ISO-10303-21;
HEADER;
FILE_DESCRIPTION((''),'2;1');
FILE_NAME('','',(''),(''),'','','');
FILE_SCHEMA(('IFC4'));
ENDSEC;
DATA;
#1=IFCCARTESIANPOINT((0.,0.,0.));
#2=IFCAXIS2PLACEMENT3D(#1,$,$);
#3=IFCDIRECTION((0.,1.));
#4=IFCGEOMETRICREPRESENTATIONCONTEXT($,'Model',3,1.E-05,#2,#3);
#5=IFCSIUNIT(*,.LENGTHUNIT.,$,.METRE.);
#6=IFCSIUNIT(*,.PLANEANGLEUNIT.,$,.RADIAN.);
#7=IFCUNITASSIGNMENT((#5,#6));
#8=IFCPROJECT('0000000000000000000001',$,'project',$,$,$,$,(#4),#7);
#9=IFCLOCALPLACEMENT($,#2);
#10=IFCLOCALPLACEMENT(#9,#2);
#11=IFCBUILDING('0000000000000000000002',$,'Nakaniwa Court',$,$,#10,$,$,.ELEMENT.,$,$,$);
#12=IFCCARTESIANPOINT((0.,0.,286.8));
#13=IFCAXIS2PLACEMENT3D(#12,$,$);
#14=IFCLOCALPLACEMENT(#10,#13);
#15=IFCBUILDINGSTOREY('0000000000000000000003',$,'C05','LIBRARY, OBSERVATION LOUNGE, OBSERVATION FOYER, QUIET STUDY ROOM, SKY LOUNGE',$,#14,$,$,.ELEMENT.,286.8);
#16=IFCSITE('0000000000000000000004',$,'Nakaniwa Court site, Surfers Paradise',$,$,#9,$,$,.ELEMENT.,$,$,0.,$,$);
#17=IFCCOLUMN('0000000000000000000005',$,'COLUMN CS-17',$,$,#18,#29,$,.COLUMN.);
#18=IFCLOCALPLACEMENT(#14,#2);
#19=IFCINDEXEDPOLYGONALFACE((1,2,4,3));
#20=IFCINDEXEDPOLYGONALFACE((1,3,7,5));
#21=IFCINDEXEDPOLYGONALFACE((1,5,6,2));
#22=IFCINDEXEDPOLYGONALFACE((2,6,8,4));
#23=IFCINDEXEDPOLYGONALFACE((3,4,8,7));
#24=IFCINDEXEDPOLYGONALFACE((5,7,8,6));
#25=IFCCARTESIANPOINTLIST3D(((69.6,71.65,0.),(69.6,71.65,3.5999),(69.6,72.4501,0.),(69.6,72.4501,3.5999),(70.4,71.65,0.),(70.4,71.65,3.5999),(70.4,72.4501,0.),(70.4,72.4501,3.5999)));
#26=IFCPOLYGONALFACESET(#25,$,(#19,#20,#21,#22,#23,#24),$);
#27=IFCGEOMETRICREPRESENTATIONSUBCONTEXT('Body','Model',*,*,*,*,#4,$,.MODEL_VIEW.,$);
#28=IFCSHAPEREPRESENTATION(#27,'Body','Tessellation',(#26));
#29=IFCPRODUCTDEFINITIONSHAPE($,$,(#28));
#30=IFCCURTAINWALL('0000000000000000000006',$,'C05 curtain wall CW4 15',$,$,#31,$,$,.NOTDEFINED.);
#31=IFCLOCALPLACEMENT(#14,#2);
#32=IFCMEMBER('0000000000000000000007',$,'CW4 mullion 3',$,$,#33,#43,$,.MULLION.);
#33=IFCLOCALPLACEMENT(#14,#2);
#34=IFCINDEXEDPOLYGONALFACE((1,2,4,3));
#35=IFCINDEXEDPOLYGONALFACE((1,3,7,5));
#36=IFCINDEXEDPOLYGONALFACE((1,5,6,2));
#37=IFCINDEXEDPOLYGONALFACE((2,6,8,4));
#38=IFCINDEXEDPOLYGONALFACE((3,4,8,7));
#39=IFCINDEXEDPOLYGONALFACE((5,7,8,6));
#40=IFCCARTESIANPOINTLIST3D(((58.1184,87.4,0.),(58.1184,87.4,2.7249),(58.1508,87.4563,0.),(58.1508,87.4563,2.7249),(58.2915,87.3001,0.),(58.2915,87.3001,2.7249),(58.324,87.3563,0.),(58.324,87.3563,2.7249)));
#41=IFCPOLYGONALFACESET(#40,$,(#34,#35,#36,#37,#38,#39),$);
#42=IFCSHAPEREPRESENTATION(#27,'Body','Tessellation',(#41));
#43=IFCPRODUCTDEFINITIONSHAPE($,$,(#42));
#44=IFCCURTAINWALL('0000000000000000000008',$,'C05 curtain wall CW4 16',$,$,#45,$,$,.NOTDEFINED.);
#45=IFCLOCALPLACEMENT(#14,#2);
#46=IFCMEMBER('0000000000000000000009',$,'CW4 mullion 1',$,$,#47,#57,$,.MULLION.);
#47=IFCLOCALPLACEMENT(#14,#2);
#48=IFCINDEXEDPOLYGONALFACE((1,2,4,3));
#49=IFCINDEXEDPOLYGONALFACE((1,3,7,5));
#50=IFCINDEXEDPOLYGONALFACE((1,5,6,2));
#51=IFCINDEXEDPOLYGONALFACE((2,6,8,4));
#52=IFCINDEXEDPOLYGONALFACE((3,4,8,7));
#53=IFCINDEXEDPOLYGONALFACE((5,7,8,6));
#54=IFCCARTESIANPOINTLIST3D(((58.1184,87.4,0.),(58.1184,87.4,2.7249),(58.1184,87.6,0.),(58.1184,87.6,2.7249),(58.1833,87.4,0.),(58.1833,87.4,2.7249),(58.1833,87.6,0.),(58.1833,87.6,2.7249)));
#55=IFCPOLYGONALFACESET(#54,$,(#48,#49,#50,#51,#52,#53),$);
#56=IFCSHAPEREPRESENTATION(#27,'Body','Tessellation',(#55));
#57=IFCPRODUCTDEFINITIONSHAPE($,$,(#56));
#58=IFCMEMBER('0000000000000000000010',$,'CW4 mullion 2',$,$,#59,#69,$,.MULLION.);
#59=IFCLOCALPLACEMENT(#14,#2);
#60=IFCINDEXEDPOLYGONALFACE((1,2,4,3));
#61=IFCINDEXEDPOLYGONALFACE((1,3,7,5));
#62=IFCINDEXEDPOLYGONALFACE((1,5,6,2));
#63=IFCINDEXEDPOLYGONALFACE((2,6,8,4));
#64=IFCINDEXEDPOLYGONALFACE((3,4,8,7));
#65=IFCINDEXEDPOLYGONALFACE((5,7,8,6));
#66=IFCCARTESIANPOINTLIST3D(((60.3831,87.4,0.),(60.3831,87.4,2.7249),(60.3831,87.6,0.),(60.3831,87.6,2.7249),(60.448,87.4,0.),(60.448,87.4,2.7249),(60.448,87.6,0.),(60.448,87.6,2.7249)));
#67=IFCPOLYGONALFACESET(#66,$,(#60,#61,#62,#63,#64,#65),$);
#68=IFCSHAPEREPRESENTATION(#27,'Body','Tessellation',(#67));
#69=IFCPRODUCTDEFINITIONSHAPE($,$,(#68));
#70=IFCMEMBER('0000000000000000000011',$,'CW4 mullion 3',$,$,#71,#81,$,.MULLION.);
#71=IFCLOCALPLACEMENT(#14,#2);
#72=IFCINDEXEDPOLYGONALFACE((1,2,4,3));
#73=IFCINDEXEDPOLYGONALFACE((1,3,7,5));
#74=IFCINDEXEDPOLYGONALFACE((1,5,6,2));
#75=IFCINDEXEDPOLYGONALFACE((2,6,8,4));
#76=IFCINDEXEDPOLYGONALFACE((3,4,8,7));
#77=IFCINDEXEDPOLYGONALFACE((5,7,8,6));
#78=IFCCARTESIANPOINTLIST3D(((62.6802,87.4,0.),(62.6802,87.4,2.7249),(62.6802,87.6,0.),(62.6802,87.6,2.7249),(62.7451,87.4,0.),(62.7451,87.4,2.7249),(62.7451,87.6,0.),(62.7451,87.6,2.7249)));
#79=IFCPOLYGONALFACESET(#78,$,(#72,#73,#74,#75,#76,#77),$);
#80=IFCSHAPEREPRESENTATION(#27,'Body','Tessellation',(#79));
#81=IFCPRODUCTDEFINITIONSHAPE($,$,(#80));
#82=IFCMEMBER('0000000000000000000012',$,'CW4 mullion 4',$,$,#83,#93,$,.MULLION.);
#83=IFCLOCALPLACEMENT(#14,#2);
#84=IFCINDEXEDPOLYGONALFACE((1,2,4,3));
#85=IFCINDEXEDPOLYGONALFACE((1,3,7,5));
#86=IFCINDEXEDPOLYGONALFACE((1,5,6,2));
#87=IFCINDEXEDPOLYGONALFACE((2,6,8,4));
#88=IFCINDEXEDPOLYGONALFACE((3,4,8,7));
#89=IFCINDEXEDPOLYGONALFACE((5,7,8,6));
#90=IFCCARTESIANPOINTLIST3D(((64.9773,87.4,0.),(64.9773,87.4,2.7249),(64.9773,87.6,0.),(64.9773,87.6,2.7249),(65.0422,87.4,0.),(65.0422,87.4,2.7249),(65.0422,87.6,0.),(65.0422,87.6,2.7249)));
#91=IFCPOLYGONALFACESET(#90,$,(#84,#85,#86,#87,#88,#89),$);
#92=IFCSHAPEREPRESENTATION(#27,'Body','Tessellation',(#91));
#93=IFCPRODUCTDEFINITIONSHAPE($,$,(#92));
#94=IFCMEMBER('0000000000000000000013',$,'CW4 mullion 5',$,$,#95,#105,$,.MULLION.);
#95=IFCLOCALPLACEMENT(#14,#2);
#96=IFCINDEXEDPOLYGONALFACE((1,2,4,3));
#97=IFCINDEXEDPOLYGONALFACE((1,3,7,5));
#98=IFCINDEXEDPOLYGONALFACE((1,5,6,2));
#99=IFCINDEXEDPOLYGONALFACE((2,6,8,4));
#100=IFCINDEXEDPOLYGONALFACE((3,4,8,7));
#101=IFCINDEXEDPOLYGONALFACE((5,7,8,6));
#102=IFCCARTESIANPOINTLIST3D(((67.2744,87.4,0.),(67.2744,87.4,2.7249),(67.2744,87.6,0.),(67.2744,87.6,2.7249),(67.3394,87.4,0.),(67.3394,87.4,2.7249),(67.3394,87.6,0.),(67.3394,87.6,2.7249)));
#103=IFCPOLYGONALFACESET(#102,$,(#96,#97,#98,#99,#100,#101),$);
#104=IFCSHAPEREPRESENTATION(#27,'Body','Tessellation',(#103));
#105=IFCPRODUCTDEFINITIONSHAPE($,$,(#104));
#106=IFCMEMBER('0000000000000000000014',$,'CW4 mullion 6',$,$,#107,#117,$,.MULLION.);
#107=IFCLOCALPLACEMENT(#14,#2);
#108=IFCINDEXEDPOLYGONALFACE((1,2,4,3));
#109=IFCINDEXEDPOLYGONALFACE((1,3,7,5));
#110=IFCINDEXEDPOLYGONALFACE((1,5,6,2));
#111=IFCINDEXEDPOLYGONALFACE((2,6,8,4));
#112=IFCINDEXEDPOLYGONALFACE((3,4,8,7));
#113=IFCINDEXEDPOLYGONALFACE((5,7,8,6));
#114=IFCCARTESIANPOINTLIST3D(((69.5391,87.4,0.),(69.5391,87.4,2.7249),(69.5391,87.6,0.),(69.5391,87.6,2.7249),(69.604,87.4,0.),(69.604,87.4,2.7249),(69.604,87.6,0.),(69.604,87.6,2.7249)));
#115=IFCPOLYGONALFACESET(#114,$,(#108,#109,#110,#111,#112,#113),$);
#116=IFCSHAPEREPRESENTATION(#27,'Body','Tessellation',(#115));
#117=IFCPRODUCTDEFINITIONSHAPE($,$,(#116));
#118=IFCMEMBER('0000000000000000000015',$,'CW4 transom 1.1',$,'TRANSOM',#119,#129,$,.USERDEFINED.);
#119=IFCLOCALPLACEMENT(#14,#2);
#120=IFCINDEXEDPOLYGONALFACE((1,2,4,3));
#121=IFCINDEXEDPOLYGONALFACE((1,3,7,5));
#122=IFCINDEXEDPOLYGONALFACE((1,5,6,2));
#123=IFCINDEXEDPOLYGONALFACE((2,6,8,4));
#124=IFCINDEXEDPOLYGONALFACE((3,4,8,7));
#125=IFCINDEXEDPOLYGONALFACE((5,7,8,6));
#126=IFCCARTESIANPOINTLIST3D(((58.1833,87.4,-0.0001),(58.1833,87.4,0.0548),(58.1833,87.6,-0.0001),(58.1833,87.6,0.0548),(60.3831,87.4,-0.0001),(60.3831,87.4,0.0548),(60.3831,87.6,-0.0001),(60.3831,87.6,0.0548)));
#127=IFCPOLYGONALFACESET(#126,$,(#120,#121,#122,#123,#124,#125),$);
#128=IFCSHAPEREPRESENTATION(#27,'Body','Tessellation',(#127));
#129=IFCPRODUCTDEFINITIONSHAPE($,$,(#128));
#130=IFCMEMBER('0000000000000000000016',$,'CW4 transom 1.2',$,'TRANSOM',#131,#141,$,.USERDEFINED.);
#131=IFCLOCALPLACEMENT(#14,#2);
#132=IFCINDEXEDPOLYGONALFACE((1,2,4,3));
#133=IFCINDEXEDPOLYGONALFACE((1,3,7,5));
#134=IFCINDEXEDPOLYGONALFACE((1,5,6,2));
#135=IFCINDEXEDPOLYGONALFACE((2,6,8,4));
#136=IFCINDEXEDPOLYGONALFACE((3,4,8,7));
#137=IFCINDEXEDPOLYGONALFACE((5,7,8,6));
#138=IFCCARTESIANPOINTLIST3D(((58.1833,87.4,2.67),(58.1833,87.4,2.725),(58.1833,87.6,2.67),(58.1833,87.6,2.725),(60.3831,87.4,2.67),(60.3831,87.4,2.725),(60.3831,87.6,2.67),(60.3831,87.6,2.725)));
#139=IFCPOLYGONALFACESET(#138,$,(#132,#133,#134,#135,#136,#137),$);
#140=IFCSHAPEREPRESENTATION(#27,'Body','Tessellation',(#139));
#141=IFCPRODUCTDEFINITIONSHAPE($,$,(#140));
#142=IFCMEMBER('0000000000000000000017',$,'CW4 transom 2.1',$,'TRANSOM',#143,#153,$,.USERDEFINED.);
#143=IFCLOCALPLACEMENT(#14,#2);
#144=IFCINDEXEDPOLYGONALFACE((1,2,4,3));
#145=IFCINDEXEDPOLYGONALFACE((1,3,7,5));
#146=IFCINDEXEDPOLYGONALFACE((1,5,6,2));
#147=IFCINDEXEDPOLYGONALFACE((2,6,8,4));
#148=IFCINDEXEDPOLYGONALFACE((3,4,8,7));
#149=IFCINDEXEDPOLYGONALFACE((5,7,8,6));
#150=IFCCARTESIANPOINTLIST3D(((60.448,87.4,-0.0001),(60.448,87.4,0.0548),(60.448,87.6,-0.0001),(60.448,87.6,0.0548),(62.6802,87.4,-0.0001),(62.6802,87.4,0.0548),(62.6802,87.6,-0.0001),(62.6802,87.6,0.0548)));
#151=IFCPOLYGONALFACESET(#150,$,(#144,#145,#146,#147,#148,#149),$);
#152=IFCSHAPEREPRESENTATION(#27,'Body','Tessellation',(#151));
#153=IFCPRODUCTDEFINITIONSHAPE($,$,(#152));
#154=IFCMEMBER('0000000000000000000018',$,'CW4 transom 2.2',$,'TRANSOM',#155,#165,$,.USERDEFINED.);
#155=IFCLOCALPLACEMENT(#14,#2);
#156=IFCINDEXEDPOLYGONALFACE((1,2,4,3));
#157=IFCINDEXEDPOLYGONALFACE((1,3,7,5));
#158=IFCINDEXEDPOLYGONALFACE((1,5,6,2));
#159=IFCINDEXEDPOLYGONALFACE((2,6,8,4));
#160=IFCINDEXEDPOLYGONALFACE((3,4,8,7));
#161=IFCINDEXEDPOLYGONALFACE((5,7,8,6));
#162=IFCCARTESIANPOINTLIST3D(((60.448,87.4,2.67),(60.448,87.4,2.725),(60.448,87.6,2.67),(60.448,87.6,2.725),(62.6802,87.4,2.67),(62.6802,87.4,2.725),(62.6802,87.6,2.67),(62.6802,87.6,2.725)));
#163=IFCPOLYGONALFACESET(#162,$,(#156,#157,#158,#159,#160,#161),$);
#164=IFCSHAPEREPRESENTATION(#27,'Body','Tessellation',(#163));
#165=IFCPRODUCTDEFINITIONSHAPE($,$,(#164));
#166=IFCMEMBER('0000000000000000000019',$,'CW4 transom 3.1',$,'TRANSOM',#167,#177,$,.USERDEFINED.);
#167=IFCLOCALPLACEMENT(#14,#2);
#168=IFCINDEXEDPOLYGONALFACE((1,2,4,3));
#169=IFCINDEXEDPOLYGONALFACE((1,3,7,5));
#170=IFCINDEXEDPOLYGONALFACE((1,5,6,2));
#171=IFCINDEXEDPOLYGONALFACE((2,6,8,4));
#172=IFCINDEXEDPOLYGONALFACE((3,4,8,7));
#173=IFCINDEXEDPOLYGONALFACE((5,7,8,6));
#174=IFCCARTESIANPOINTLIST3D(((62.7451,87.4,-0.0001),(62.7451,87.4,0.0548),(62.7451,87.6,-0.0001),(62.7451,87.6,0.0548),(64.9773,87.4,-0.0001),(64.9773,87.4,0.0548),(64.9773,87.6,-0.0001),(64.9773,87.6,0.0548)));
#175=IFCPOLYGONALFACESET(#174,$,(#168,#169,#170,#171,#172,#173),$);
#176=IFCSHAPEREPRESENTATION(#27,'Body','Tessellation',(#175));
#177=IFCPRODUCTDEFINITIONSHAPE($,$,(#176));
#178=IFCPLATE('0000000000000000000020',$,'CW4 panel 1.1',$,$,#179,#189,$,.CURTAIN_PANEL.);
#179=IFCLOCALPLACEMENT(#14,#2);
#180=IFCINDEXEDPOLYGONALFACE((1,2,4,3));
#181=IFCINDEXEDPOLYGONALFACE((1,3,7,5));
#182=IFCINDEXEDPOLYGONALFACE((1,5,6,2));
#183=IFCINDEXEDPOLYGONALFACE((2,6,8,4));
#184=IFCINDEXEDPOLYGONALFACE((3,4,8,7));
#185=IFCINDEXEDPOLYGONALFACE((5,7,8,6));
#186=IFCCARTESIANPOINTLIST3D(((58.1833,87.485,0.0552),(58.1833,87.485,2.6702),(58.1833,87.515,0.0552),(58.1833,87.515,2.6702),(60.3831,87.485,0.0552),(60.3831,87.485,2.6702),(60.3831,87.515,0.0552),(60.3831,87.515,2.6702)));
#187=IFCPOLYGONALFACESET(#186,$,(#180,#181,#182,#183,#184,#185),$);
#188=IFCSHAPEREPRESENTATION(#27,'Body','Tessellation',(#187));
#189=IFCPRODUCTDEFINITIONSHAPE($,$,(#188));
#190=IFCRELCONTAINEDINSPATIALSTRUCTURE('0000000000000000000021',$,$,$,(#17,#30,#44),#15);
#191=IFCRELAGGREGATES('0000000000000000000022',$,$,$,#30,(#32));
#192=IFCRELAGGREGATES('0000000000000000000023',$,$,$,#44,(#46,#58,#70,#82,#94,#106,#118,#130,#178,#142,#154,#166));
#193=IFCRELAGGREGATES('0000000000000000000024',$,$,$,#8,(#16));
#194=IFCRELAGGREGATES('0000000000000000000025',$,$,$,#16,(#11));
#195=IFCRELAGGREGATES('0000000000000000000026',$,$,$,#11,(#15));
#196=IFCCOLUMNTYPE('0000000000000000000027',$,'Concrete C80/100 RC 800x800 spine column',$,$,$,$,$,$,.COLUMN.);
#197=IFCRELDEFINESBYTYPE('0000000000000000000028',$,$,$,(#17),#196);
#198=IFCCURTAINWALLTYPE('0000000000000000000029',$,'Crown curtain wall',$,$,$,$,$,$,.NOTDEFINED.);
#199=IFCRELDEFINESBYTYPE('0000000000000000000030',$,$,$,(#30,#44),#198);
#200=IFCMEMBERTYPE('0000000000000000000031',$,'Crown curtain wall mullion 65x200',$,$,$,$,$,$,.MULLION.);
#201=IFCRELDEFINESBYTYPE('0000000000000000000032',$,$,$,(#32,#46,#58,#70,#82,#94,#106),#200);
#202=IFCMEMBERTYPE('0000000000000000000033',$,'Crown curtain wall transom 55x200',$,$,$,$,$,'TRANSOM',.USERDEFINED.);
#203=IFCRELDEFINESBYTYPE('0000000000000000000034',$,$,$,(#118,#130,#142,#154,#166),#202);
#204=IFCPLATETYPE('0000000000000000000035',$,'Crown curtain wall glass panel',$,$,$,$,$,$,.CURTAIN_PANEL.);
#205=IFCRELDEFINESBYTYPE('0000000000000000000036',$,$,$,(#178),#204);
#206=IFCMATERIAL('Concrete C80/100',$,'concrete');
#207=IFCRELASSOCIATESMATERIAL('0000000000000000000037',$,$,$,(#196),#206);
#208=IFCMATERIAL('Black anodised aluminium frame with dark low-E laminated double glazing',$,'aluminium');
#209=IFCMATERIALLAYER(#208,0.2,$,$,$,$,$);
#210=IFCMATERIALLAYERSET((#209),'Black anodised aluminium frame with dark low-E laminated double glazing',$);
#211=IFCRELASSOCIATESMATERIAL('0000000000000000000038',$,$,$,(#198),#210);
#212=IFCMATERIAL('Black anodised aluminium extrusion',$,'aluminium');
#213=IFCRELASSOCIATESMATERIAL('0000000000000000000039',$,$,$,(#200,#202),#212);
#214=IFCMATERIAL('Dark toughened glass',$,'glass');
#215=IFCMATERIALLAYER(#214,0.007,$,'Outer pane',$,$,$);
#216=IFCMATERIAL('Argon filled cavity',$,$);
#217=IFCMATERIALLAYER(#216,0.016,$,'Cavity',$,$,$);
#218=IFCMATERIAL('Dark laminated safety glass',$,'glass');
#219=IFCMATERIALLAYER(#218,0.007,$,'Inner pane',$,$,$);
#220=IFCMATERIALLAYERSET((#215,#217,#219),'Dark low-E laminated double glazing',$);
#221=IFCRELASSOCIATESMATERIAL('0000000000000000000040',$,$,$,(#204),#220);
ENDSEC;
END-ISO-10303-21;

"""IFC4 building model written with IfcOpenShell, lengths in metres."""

from ifc_helpers import new_model, si_unit, direction, frame, origin, origin_2d, place, context, subcontext, project, spatial, rectangle, extrude, material, layer, layer_set, material_profile, profile_set, type_object, element, aggregate, save


model = new_model("IFC4")

# Units and contexts
model_context = context("Model", 3, precision=1e-05, world=origin(), true_north=direction((0.0, 1.0)))
body_context = subcontext(model_context, "Body", "Model", "MODEL_VIEW")
ifc_project = project(units=[si_unit("LENGTHUNIT", "METRE"), si_unit("PLANEANGLEUNIT", "RADIAN")], contexts=[model_context])

# Site, building, storey
site_placement = place(None, origin())
site = spatial("IfcSite", under=ifc_project, at=site_placement, Name="Nakaniwa Court site, Surfers Paradise", CompositionType="ELEMENT", RefElevation=0.0)
building_placement = place(site_placement, origin())
building = spatial("IfcBuilding", under=site, at=building_placement, Name="Nakaniwa Court", CompositionType="ELEMENT")
storey_placement = place(building_placement, frame((0.0, 0.0, 286.8)))
storey = spatial("IfcBuildingStorey", under=building, at=storey_placement, Name="C05", Description="LIBRARY, OBSERVATION LOUNGE, OBSERVATION FOYER, QUIET STUDY ROOM, SKY LOUNGE", CompositionType="ELEMENT", Elevation=286.8)

# Column
ifc_material_1 = material(Name="Concrete C80/100", Category="concrete")
ifc_material_profile_1 = material_profile(ifc_material_1, rectangle(XDim=0.8, YDim=0.8, at=origin_2d()), Name="Concrete C80/100 RC 800x800 spine column")
ifc_profile_set_1 = profile_set([ifc_material_profile_1], Name="Concrete C80/100")
column_type = type_object("IfcColumnType", Name="Concrete C80/100 RC 800x800 spine column", PredefinedType="COLUMN", material=ifc_profile_set_1)
column_placement = place(storey_placement, frame((70.0, 72.05, 0.0), z_axis=(0.0, 0.0, 1.0), x_axis=(0.0, -1.0, 0.0)))
element("IfcColumn", 1, at=column_placement, inside=storey, type_object=column_type, Name="COLUMN CS-17", PredefinedType="COLUMN", context=body_context, shape_type="SweptSolid", body=[
    extrude(rectangle(XDim=0.8, YDim=0.8, at=origin_2d()), origin(), (0.0, 0.0, 1.0), 3.5999),
])

# Curtain wall, member
ifc_material_2 = material(Name="Black anodised aluminium frame with dark low-E laminated double glazing", Category="aluminium")
ifc_layer_1 = layer(ifc_material_2, 0.2)
ifc_layer_set_1 = layer_set([ifc_layer_1], Name="Black anodised aluminium frame with dark low-E laminated double glazing")
curtain_wall_type = type_object("IfcCurtainWallType", Name="Crown curtain wall", PredefinedType="NOTDEFINED", material=ifc_layer_set_1)
curtain_wall_1_placement = place(storey_placement, origin())
curtain_wall_1 = element("IfcCurtainWall", 2, at=curtain_wall_1_placement, inside=storey, type_object=curtain_wall_type, Name="C05 curtain wall CW4 15", PredefinedType="NOTDEFINED")
ifc_material_3 = material(Name="Black anodised aluminium extrusion", Category="aluminium")
ifc_material_profile_2 = material_profile(ifc_material_3, rectangle(XDim=0.2, YDim=0.0649, at=origin_2d()), Name="Crown curtain wall mullion 65x200")
ifc_profile_set_2 = profile_set([ifc_material_profile_2], Name="Black anodised aluminium extrusion")
member_type_1 = type_object("IfcMemberType", Name="Crown curtain wall mullion 65x200", PredefinedType="MULLION", material=ifc_profile_set_2)
member_1_placement = place(storey_placement, frame((58.2212, 87.3782, 0.0), z_axis=(0.0, 0.0, 1.0), x_axis=(0.866021, -0.500008, 0.0)))
member_1 = element("IfcMember", 3, at=member_1_placement, type_object=member_type_1, Name="CW4 mullion 3", PredefinedType="MULLION", context=body_context, shape_type="SweptSolid", body=[
    extrude(rectangle(XDim=0.2, YDim=0.0649, at=origin_2d()), origin(), (0.0, 0.0, 1.0), 2.7249),
])
aggregate(curtain_wall_1, [member_1])

# Curtain wall, members, plate
curtain_wall_2_placement = place(storey_placement, origin())
curtain_wall_2 = element("IfcCurtainWall", 4, at=curtain_wall_2_placement, inside=storey, type_object=curtain_wall_type, Name="C05 curtain wall CW4 16", PredefinedType="NOTDEFINED")
member_2_placement = place(storey_placement, frame((58.1509, 87.5, 0.0), z_axis=(0.0, 0.0, 1.0), x_axis=(0.0, 1.0, 0.0)))
member_2 = element("IfcMember", 5, at=member_2_placement, type_object=member_type_1, Name="CW4 mullion 1", PredefinedType="MULLION", context=body_context, shape_type="SweptSolid", body=[
    extrude(rectangle(XDim=0.2, YDim=0.0649, at=origin_2d()), origin(), (0.0, 0.0, 1.0), 2.7249),
])
member_3_placement = place(storey_placement, frame((60.4155, 87.5, 0.0), z_axis=(0.0, 0.0, 1.0), x_axis=(0.0, 1.0, 0.0)))
member_3 = element("IfcMember", 6, at=member_3_placement, type_object=member_type_1, Name="CW4 mullion 2", PredefinedType="MULLION", context=body_context, shape_type="SweptSolid", body=[
    extrude(rectangle(XDim=0.2, YDim=0.0649, at=origin_2d()), origin(), (0.0, 0.0, 1.0), 2.7249),
])
member_4_placement = place(storey_placement, frame((62.7126, 87.5, 0.0), z_axis=(0.0, 0.0, 1.0), x_axis=(0.0, 1.0, 0.0)))
member_4 = element("IfcMember", 7, at=member_4_placement, type_object=member_type_1, Name="CW4 mullion 3", PredefinedType="MULLION", context=body_context, shape_type="SweptSolid", body=[
    extrude(rectangle(XDim=0.2, YDim=0.0649, at=origin_2d()), origin(), (0.0, 0.0, 1.0), 2.7249),
])
member_5_placement = place(storey_placement, frame((65.0098, 87.5, 0.0), z_axis=(0.0, 0.0, 1.0), x_axis=(0.0, 1.0, 0.0)))
member_5 = element("IfcMember", 8, at=member_5_placement, type_object=member_type_1, Name="CW4 mullion 4", PredefinedType="MULLION", context=body_context, shape_type="SweptSolid", body=[
    extrude(rectangle(XDim=0.2, YDim=0.0649, at=origin_2d()), origin(), (0.0, 0.0, 1.0), 2.7249),
])
member_6_placement = place(storey_placement, frame((67.3069, 87.5, 0.0), z_axis=(0.0, 0.0, 1.0), x_axis=(0.0, 1.0, 0.0)))
member_6 = element("IfcMember", 9, at=member_6_placement, type_object=member_type_1, Name="CW4 mullion 5", PredefinedType="MULLION", context=body_context, shape_type="SweptSolid", body=[
    extrude(rectangle(XDim=0.2, YDim=0.0649, at=origin_2d()), origin(), (0.0, 0.0, 1.0), 2.7249),
])
member_7_placement = place(storey_placement, frame((69.5715, 87.5, 0.0), z_axis=(0.0, 0.0, 1.0), x_axis=(0.0, 1.0, 0.0)))
member_7 = element("IfcMember", 10, at=member_7_placement, type_object=member_type_1, Name="CW4 mullion 6", PredefinedType="MULLION", context=body_context, shape_type="SweptSolid", body=[
    extrude(rectangle(XDim=0.2, YDim=0.0649, at=origin_2d()), origin(), (0.0, 0.0, 1.0), 2.7249),
])
ifc_material_profile_3 = material_profile(ifc_material_3, rectangle(XDim=0.2, YDim=0.0549, at=origin_2d()), Name="Crown curtain wall transom 55x200")
ifc_profile_set_3 = profile_set([ifc_material_profile_3], Name="Black anodised aluminium extrusion")
member_type_2 = type_object("IfcMemberType", Name="Crown curtain wall transom 55x200", ElementType="TRANSOM", PredefinedType="USERDEFINED", material=ifc_profile_set_3)
member_8_placement = place(storey_placement, frame((58.1833, 87.5, 0.0273), z_axis=(1.0, 0.0, 0.0), x_axis=(0.0, 1.0, 0.0)))
member_8 = element("IfcMember", 11, at=member_8_placement, type_object=member_type_2, Name="CW4 transom 1.1", ObjectType="TRANSOM", PredefinedType="USERDEFINED", context=body_context, shape_type="SweptSolid", body=[
    extrude(rectangle(XDim=0.2, YDim=0.0549, at=origin_2d()), origin(), (0.0, 0.0, 1.0), 2.1997),
])
member_9_placement = place(storey_placement, frame((58.1833, 87.5, 2.6975), z_axis=(1.0, 0.0, 0.0), x_axis=(0.0, 1.0, 0.0)))
member_9 = element("IfcMember", 12, at=member_9_placement, type_object=member_type_2, Name="CW4 transom 1.2", ObjectType="TRANSOM", PredefinedType="USERDEFINED", context=body_context, shape_type="SweptSolid", body=[
    extrude(rectangle(XDim=0.2, YDim=0.0549, at=origin_2d()), origin(), (0.0, 0.0, 1.0), 2.1997),
])
member_10_placement = place(storey_placement, frame((60.448, 87.5, 0.0273), z_axis=(1.0, 0.0, 0.0), x_axis=(0.0, 1.0, 0.0)))
member_10 = element("IfcMember", 13, at=member_10_placement, type_object=member_type_2, Name="CW4 transom 2.1", ObjectType="TRANSOM", PredefinedType="USERDEFINED", context=body_context, shape_type="SweptSolid", body=[
    extrude(rectangle(XDim=0.2, YDim=0.0549, at=origin_2d()), origin(), (0.0, 0.0, 1.0), 2.2322),
])
member_11_placement = place(storey_placement, frame((60.448, 87.5, 2.6975), z_axis=(1.0, 0.0, 0.0), x_axis=(0.0, 1.0, 0.0)))
member_11 = element("IfcMember", 14, at=member_11_placement, type_object=member_type_2, Name="CW4 transom 2.2", ObjectType="TRANSOM", PredefinedType="USERDEFINED", context=body_context, shape_type="SweptSolid", body=[
    extrude(rectangle(XDim=0.2, YDim=0.0549, at=origin_2d()), origin(), (0.0, 0.0, 1.0), 2.2322),
])
member_12_placement = place(storey_placement, frame((62.7451, 87.5, 0.0273), z_axis=(1.0, 0.0, 0.0), x_axis=(0.0, 1.0, 0.0)))
member_12 = element("IfcMember", 15, at=member_12_placement, type_object=member_type_2, Name="CW4 transom 3.1", ObjectType="TRANSOM", PredefinedType="USERDEFINED", context=body_context, shape_type="SweptSolid", body=[
    extrude(rectangle(XDim=0.2, YDim=0.0549, at=origin_2d()), origin(), (0.0, 0.0, 1.0), 2.2322),
])
ifc_material_4 = material(Name="Dark toughened glass", Category="glass")
ifc_layer_2 = layer(ifc_material_4, 0.007, Name="Outer pane")
ifc_material_5 = material(Name="Argon filled cavity")
ifc_layer_3 = layer(ifc_material_5, 0.016, Name="Cavity")
ifc_material_6 = material(Name="Dark laminated safety glass", Category="glass")
ifc_layer_4 = layer(ifc_material_6, 0.007, Name="Inner pane")
ifc_layer_set_2 = layer_set([ifc_layer_2, ifc_layer_3, ifc_layer_4], Name="Dark low-E laminated double glazing")
plate_type = type_object("IfcPlateType", Name="Crown curtain wall glass panel", PredefinedType="CURTAIN_PANEL", material=ifc_layer_set_2)
plate_1_placement = place(storey_placement, frame((59.2832, 87.5, 0.0552), z_axis=(0.0, 0.0, 1.0), x_axis=(1.0, 0.0, 0.0)))
plate_1 = element("IfcPlate", 16, at=plate_1_placement, type_object=plate_type, Name="CW4 panel 1.1", PredefinedType="CURTAIN_PANEL", context=body_context, shape_type="SweptSolid", body=[
    extrude(rectangle(XDim=2.1997, YDim=0.03, at=origin_2d()), origin(), (0.0, 0.0, 1.0), 2.615),
])
aggregate(curtain_wall_2, [member_2, member_3, member_4, member_5, member_6, member_7, member_8, member_9, plate_1, member_10, member_11, member_12])

save(model, "model.ifc")
